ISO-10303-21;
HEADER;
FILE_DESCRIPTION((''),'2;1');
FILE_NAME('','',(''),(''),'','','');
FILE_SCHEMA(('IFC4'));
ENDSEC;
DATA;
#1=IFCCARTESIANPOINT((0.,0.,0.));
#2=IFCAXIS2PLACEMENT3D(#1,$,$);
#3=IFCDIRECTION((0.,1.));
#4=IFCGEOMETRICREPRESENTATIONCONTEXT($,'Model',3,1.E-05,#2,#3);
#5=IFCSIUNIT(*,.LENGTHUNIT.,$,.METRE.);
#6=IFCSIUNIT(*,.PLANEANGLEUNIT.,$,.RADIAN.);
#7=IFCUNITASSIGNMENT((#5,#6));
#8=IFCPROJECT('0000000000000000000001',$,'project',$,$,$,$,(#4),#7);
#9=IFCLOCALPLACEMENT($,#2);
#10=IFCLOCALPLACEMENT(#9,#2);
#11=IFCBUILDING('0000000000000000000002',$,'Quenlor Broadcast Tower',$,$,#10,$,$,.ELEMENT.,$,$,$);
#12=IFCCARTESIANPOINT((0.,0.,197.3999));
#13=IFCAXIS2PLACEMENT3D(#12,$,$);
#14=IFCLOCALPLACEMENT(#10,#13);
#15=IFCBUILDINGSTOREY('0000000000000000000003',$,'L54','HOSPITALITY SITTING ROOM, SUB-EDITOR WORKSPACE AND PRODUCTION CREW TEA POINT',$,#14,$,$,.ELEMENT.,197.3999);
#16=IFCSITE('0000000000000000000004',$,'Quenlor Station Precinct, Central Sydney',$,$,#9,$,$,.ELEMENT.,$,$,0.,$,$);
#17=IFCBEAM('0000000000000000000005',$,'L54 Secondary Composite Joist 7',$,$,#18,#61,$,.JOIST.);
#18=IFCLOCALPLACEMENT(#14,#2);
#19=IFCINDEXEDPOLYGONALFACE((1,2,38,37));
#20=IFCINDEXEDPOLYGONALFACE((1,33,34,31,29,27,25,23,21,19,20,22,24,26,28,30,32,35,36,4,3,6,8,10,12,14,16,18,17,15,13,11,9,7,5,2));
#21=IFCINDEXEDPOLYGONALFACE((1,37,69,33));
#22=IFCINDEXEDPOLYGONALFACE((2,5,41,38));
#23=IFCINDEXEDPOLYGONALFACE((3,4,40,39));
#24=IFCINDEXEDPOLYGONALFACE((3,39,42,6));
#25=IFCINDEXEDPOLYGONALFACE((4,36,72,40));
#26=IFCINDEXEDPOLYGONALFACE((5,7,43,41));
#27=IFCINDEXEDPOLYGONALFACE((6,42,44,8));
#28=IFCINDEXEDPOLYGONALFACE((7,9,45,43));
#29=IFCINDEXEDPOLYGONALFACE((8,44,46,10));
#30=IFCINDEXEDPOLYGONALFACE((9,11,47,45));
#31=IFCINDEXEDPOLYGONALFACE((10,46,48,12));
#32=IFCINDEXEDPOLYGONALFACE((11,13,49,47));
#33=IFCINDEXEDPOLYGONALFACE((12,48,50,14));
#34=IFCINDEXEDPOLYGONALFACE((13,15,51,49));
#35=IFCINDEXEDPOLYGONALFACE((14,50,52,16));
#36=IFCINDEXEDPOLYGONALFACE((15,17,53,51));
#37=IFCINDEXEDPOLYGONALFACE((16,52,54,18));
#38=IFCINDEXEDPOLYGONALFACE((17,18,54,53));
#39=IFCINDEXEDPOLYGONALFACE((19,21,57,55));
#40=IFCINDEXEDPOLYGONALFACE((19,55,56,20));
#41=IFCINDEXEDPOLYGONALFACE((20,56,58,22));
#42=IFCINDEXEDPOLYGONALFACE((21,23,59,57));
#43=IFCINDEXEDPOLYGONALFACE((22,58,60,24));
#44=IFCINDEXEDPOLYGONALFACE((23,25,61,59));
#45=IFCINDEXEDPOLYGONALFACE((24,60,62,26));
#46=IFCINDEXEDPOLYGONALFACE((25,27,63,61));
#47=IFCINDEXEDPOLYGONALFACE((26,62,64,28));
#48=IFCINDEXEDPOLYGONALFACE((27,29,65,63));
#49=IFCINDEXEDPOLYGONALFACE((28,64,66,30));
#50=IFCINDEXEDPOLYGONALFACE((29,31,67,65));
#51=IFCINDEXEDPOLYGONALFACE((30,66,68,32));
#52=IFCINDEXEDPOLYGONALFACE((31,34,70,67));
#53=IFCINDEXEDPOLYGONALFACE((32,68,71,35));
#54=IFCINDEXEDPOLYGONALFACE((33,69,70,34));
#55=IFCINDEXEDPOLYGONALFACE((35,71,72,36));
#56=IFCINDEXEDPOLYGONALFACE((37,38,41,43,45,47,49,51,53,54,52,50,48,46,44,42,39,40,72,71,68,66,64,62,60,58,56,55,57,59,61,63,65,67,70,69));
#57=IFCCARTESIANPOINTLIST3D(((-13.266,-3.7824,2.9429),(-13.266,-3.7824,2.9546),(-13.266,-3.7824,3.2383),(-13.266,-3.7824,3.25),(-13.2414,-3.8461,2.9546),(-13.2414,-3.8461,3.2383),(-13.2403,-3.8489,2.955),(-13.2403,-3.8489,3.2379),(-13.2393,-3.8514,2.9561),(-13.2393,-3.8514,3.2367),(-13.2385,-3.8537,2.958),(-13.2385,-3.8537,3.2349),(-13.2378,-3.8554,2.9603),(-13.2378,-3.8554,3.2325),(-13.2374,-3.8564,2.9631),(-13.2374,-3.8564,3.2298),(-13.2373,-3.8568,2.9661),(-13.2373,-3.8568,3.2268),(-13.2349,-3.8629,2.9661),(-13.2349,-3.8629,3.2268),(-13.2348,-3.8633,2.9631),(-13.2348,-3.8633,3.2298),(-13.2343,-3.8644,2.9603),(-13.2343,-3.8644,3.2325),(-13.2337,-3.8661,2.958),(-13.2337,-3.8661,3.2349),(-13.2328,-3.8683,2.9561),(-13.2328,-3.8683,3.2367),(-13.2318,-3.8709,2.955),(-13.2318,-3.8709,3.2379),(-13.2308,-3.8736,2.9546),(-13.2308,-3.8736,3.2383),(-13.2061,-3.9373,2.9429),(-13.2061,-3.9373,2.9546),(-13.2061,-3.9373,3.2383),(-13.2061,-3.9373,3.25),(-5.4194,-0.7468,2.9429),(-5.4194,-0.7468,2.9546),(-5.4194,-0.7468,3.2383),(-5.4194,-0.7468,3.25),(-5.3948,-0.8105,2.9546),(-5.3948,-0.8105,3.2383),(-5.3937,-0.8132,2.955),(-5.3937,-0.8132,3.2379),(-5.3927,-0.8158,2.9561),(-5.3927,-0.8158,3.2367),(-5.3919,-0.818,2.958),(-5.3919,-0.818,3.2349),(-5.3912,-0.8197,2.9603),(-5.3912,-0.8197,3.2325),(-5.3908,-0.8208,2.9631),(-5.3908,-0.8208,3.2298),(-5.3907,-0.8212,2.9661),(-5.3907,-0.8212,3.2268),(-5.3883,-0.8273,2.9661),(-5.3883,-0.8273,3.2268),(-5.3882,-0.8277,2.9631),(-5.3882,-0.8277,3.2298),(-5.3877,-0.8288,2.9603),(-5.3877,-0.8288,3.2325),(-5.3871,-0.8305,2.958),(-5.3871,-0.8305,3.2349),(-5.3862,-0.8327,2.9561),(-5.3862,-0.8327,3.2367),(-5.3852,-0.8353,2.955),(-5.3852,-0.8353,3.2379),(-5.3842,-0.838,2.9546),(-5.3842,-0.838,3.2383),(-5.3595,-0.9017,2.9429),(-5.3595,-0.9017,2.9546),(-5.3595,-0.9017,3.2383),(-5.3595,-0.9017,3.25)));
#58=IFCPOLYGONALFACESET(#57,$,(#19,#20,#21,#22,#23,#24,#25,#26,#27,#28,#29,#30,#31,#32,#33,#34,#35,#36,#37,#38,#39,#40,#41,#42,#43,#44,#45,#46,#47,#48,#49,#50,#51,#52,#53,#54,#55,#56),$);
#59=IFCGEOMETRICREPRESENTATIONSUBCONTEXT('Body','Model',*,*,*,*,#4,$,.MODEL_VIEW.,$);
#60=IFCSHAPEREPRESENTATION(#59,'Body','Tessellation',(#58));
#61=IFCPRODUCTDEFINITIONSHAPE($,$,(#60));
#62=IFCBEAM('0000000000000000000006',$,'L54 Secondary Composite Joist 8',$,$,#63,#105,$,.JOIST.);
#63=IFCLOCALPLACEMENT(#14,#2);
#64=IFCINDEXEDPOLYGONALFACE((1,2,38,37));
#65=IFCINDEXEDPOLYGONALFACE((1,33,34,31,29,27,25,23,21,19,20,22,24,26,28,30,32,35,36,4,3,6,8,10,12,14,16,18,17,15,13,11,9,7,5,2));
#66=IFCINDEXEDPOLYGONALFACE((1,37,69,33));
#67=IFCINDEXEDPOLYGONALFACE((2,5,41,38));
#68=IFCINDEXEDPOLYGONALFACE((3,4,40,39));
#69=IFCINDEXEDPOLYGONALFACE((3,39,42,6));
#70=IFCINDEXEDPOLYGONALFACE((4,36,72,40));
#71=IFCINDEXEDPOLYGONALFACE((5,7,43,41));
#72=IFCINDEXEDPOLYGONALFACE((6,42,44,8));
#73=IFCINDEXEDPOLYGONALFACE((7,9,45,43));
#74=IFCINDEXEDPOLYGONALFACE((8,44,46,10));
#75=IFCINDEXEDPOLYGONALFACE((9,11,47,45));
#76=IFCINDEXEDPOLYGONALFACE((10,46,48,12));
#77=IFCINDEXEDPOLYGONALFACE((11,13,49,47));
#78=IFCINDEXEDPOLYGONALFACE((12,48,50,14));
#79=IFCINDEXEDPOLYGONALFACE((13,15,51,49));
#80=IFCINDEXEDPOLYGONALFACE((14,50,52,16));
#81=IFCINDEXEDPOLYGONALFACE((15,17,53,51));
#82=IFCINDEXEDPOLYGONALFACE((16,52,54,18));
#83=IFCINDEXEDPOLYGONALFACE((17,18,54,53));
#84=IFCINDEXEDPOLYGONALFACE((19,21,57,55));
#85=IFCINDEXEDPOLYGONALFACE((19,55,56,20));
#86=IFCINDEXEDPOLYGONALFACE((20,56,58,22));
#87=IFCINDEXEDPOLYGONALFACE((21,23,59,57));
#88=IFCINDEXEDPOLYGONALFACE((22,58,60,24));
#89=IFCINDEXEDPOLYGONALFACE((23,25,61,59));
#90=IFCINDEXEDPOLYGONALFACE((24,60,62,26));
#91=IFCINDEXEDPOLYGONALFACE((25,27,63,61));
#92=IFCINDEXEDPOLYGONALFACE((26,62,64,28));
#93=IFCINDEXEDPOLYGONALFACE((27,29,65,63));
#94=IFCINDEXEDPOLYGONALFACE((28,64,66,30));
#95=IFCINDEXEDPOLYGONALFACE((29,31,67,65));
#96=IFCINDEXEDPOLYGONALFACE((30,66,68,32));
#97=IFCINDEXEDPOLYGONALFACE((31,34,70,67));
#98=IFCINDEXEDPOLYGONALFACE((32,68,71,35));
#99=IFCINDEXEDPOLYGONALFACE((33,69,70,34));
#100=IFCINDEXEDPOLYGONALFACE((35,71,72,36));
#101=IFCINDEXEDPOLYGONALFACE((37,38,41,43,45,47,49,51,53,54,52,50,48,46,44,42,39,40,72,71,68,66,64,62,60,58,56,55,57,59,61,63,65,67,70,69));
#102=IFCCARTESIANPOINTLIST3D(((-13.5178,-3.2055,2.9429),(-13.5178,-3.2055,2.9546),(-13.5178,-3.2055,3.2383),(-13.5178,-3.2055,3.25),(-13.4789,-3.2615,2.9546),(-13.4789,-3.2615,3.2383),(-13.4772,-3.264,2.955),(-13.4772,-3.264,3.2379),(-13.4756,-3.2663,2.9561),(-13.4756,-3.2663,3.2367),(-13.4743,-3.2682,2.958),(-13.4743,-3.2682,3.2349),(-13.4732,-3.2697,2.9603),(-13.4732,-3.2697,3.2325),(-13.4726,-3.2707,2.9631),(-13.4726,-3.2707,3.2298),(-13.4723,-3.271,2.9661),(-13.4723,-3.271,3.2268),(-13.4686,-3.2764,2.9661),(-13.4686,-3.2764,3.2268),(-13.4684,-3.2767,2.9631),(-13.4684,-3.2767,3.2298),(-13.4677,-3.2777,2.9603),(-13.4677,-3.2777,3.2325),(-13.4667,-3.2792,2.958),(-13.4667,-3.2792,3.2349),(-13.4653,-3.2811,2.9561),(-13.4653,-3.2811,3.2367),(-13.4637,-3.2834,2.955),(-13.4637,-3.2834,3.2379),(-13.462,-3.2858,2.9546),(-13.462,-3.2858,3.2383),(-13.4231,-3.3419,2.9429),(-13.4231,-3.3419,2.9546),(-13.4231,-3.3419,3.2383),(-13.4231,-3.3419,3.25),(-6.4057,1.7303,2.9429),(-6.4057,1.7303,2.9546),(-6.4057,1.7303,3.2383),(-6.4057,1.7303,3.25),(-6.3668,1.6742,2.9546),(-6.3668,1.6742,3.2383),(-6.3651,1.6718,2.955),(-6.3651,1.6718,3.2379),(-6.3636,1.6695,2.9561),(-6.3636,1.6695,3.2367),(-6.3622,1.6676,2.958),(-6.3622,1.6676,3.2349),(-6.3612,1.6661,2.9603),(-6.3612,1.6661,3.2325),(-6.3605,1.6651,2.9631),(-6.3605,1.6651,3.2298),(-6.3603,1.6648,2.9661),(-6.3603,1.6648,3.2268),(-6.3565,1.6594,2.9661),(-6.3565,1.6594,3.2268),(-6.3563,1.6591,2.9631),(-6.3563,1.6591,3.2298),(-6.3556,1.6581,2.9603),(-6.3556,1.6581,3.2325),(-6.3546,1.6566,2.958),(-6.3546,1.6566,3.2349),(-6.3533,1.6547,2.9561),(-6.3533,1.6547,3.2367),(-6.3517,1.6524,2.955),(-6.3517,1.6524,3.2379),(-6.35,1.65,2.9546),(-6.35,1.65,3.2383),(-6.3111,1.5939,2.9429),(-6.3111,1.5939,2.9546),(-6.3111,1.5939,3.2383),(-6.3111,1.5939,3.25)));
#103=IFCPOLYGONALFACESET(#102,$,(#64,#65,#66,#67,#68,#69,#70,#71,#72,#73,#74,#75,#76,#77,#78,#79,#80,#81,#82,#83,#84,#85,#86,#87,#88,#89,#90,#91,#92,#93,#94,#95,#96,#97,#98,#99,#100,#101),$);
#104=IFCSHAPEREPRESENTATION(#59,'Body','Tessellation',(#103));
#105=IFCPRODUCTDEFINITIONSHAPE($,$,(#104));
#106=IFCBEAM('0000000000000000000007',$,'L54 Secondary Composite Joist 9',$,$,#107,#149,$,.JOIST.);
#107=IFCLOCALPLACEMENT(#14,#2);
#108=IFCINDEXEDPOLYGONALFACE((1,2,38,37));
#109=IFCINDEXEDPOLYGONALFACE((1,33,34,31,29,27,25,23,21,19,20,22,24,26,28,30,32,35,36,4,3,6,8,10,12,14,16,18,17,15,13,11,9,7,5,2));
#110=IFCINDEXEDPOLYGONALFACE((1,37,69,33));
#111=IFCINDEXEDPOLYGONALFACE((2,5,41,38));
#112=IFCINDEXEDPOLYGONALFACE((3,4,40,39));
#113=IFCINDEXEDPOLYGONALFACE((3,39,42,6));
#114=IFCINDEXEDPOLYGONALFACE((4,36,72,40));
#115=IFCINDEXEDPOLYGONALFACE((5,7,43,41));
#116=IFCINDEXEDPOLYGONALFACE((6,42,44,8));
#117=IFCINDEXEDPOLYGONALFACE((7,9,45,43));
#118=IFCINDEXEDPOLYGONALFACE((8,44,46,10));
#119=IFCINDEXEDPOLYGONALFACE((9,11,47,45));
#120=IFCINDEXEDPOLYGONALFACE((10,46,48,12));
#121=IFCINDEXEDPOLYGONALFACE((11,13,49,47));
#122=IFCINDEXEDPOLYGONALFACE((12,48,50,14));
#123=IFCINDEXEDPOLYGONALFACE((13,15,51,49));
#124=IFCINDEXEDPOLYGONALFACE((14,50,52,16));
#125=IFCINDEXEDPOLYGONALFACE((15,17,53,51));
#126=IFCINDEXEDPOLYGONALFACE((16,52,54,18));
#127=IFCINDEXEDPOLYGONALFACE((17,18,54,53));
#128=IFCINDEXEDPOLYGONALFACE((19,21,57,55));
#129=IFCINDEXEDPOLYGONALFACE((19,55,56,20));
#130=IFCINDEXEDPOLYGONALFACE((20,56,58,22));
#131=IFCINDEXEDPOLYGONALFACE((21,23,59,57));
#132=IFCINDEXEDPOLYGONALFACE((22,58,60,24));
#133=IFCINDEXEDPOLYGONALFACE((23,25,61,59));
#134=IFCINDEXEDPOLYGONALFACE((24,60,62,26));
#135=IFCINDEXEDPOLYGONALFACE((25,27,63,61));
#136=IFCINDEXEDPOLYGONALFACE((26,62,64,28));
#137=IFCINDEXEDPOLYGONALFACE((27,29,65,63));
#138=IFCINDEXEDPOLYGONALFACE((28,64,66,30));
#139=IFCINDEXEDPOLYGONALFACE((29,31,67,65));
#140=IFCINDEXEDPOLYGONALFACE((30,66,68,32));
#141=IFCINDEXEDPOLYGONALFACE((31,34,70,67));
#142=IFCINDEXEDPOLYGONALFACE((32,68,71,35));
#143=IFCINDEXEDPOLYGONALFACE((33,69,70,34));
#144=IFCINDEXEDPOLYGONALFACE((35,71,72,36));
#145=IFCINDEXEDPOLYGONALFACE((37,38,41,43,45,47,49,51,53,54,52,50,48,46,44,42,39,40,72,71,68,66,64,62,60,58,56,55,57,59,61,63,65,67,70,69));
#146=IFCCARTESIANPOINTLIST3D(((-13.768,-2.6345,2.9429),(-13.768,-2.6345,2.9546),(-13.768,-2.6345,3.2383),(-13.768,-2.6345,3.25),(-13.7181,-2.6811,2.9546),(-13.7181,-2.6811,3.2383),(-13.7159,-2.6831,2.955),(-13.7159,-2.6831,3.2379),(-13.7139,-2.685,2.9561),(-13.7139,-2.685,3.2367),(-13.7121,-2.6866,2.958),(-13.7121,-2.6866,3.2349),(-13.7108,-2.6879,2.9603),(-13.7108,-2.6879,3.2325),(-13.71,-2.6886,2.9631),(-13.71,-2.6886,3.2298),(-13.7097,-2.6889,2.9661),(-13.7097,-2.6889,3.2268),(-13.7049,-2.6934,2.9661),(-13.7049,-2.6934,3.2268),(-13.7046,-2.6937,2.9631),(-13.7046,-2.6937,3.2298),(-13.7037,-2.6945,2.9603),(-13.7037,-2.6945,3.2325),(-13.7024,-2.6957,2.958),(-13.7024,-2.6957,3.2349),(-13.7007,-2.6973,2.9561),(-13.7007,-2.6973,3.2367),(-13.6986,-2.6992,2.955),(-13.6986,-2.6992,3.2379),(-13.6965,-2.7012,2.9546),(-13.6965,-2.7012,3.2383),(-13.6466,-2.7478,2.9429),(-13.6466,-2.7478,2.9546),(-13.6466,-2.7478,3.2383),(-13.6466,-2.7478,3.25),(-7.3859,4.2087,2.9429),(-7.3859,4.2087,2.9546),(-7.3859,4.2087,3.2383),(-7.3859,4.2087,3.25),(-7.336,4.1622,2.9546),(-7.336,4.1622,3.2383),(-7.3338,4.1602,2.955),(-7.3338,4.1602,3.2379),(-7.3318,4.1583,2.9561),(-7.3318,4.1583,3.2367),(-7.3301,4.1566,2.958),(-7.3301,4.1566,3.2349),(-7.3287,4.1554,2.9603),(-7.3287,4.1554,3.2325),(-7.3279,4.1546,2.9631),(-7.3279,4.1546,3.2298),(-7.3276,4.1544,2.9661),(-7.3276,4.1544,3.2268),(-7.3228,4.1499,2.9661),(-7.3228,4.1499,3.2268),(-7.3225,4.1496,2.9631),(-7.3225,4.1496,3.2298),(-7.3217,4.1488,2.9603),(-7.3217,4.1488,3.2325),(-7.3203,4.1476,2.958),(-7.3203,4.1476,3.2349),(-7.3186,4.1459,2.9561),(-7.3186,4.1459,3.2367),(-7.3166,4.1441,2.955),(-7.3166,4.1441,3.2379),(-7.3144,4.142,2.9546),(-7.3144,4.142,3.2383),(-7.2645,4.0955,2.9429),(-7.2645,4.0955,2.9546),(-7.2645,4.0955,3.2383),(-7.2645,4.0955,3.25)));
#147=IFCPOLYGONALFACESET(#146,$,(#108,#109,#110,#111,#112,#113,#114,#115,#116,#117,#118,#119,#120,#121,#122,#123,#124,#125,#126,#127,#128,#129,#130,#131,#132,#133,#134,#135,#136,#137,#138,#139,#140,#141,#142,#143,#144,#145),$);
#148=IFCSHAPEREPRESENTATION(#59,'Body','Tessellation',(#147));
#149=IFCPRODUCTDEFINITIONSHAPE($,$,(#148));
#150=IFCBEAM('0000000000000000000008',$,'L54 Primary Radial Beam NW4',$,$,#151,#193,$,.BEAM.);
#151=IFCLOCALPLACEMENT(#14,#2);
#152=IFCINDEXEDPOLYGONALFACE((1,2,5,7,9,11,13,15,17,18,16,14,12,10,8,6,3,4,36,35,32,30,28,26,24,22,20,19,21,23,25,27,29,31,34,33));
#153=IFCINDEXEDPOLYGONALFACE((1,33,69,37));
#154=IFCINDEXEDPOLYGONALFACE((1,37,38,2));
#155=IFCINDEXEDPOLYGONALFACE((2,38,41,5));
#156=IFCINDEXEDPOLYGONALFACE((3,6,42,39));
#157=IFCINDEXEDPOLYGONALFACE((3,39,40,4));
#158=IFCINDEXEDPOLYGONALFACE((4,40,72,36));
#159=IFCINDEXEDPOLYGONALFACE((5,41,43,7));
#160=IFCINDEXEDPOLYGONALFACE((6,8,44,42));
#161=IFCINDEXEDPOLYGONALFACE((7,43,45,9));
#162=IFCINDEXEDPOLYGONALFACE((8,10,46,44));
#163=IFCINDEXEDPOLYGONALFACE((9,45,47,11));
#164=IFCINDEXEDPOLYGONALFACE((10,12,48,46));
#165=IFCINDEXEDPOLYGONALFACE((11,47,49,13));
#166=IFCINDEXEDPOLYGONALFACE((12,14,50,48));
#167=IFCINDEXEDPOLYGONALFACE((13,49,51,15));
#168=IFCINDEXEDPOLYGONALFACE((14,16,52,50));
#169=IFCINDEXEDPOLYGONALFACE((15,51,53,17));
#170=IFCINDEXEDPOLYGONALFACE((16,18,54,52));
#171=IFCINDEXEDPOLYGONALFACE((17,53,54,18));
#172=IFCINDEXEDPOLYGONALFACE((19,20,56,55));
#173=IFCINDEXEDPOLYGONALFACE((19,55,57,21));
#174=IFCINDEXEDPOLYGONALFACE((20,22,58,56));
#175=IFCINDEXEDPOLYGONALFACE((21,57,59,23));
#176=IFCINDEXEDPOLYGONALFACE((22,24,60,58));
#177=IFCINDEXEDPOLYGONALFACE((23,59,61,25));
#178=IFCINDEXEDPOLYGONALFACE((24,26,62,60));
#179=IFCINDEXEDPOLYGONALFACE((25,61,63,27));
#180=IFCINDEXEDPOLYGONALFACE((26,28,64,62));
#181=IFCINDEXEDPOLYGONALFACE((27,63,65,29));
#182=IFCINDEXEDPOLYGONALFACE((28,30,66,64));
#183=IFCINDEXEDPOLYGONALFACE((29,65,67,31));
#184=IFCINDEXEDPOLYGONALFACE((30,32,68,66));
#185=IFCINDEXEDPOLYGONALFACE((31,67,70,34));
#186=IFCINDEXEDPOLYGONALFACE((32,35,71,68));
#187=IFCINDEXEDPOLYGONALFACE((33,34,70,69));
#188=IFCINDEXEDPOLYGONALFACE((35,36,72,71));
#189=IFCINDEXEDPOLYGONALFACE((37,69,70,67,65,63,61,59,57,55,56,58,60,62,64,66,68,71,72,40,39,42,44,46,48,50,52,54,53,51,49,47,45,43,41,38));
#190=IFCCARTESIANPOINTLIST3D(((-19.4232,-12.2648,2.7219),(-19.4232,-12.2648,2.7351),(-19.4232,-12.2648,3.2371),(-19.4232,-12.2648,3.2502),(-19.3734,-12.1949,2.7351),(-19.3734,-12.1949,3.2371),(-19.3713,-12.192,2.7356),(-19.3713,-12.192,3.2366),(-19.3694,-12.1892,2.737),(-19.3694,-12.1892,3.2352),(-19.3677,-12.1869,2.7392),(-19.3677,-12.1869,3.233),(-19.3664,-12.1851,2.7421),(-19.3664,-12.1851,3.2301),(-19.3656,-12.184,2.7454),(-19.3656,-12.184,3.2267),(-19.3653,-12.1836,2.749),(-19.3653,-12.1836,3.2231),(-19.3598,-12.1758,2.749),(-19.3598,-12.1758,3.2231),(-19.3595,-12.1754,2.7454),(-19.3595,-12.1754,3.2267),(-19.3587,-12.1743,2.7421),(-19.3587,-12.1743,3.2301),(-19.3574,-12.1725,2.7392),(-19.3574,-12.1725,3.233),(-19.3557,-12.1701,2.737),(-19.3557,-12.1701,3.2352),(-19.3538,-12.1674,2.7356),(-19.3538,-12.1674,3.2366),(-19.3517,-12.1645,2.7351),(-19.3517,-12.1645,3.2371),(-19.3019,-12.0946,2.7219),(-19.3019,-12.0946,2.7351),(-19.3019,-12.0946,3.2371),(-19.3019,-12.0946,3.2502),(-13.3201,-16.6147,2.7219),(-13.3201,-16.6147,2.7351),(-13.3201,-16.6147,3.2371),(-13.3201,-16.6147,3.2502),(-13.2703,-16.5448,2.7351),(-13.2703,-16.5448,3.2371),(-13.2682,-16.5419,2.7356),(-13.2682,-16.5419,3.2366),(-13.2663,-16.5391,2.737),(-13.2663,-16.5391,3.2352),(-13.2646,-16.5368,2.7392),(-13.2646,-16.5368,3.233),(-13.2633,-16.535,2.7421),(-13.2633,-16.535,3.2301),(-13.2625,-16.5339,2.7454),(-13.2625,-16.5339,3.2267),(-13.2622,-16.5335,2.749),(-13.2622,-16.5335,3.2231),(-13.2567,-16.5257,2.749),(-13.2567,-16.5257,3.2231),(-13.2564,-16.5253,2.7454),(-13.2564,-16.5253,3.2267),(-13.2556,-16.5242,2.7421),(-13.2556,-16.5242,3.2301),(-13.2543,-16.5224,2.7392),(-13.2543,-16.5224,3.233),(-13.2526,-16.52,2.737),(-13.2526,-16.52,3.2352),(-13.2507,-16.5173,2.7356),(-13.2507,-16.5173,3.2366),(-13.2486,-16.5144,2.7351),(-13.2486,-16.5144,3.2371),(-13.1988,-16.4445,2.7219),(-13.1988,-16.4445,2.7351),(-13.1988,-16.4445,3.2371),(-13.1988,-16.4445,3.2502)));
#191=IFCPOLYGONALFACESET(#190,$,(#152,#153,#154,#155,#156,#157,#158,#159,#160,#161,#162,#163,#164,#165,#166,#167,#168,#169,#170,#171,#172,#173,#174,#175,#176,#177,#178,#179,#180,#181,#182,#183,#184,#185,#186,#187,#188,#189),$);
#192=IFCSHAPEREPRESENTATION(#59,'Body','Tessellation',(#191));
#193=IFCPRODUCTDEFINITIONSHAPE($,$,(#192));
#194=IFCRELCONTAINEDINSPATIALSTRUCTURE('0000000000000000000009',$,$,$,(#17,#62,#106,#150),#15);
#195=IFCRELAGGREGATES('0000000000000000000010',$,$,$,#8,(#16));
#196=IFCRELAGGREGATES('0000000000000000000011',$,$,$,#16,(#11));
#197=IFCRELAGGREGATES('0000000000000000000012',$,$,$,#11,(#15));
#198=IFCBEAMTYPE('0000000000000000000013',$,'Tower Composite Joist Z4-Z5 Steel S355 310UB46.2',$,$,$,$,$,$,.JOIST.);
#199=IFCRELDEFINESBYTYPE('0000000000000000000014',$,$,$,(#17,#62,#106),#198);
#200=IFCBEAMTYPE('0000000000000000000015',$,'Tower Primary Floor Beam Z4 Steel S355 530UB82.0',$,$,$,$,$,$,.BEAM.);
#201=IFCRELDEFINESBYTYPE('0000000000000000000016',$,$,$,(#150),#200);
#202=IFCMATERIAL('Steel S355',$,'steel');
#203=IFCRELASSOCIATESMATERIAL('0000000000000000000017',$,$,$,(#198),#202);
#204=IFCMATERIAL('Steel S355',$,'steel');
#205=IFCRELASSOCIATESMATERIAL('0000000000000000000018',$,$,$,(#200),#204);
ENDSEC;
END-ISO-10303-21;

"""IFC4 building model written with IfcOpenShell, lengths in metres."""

from ifc_helpers import new_model, si_unit, direction, frame, origin, origin_2d, place, context, subcontext, project, spatial, i_section, extrude, material, material_profile, profile_set, type_object, element, save


model = new_model("IFC4")

# Units and contexts
model_context = context("Model", 3, precision=1e-05, world=origin(), true_north=direction((0.0, 1.0)))
body_context = subcontext(model_context, "Body", "Model", "MODEL_VIEW")
ifc_project = project(units=[si_unit("LENGTHUNIT", "METRE"), si_unit("PLANEANGLEUNIT", "RADIAN")], contexts=[model_context])

# Site, building, storey
site_placement = place(None, origin())
site = spatial("IfcSite", under=ifc_project, at=site_placement, Name="Quenlor Station Precinct, Central Sydney", CompositionType="ELEMENT", RefElevation=0.0)
building_placement = place(site_placement, origin())
building = spatial("IfcBuilding", under=site, at=building_placement, Name="Quenlor Broadcast Tower", CompositionType="ELEMENT")
storey_placement = place(building_placement, frame((0.0, 0.0, 197.3999)))
storey = spatial("IfcBuildingStorey", under=building, at=storey_placement, Name="L54", Description="HOSPITALITY SITTING ROOM, SUB-EDITOR WORKSPACE AND PRODUCTION CREW TEA POINT", CompositionType="ELEMENT", Elevation=197.3999)

# Beams
ifc_material_1 = material(Name="Steel S355", Category="steel")
ifc_material_profile_1 = material_profile(ifc_material_1, i_section(OverallWidth=0.166, OverallDepth=0.3071, WebThickness=0.0066, FlangeThickness=0.0117, FilletRadius=0.0115, at=origin_2d()))
ifc_profile_set_1 = profile_set([ifc_material_profile_1], Name="Steel S355 310UB46.2")
beam_type_1 = type_object("IfcBeamType", Name="Tower Composite Joist Z4-Z5 Steel S355 310UB46.2", PredefinedType="JOIST", material=ifc_profile_set_1)
beam_1_placement = place(storey_placement, frame((-13.2361, -3.8599, 3.0964), z_axis=(0.932639, 0.36081, 0.0), x_axis=(-0.36081, 0.932639, 0.0)))
element("IfcBeam", 1, at=beam_1_placement, inside=storey, type_object=beam_type_1, Name="L54 Secondary Composite Joist 7", PredefinedType="JOIST", context=body_context, shape_type="SweptSolid", body=[
    extrude(i_section(OverallWidth=0.166, OverallDepth=0.3071, WebThickness=0.0066, FlangeThickness=0.0117, FilletRadius=0.0115, at=origin_2d()), origin(), (0.0, 0.0, 1.0), 8.4133),
])
beam_2_placement = place(storey_placement, frame((-13.4705, -3.2737, 3.0964), z_axis=(0.82154, 0.570151, 0.0), x_axis=(-0.570151, 0.82154, 0.0)))
element("IfcBeam", 2, at=beam_2_placement, inside=storey, type_object=beam_type_1, Name="L54 Secondary Composite Joist 8", PredefinedType="JOIST", context=body_context, shape_type="SweptSolid", body=[
    extrude(i_section(OverallWidth=0.166, OverallDepth=0.3071, WebThickness=0.0066, FlangeThickness=0.0117, FilletRadius=0.0115, at=origin_2d()), origin(), (0.0, 0.0, 1.0), 8.657),
])
beam_3_placement = place(storey_placement, frame((-13.7073, -2.6912, 3.0964), z_axis=(0.682035, 0.73132, 0.0), x_axis=(-0.73132, 0.682035, 0.0)))
element("IfcBeam", 3, at=beam_3_placement, inside=storey, type_object=beam_type_1, Name="L54 Secondary Composite Joist 9", PredefinedType="JOIST", context=body_context, shape_type="SweptSolid", body=[
    extrude(i_section(OverallWidth=0.166, OverallDepth=0.3071, WebThickness=0.0066, FlangeThickness=0.0117, FilletRadius=0.0115, at=origin_2d()), origin(), (0.0, 0.0, 1.0), 9.3574),
])
ifc_material_2 = material(Name="Steel S355", Category="steel")
ifc_material_profile_2 = material_profile(ifc_material_2, i_section(OverallWidth=0.209, OverallDepth=0.5283, WebThickness=0.0095, FlangeThickness=0.0132, FilletRadius=0.0139, at=origin_2d()))
ifc_profile_set_2 = profile_set([ifc_material_profile_2], Name="Steel S355 530UB82.0")
beam_type_2 = type_object("IfcBeamType", Name="Tower Primary Floor Beam Z4 Steel S355 530UB82.0", PredefinedType="BEAM", material=ifc_profile_set_2)
beam_4_placement = place(storey_placement, frame((-19.3625, -12.1797, 2.9861), z_axis=(0.81433, -0.580403, 0.0), x_axis=(0.580403, 0.81433, 0.0)))
element("IfcBeam", 4, at=beam_4_placement, inside=storey, type_object=beam_type_2, Name="L54 Primary Radial Beam NW4", PredefinedType="BEAM", context=body_context, shape_type="SweptSolid", body=[
    extrude(i_section(OverallWidth=0.209, OverallDepth=0.5283, WebThickness=0.0095, FlangeThickness=0.0132, FilletRadius=0.0139, at=origin_2d()), origin(), (0.0, 0.0, 1.0), 7.4946),
])

save(model, "model.ifc")
